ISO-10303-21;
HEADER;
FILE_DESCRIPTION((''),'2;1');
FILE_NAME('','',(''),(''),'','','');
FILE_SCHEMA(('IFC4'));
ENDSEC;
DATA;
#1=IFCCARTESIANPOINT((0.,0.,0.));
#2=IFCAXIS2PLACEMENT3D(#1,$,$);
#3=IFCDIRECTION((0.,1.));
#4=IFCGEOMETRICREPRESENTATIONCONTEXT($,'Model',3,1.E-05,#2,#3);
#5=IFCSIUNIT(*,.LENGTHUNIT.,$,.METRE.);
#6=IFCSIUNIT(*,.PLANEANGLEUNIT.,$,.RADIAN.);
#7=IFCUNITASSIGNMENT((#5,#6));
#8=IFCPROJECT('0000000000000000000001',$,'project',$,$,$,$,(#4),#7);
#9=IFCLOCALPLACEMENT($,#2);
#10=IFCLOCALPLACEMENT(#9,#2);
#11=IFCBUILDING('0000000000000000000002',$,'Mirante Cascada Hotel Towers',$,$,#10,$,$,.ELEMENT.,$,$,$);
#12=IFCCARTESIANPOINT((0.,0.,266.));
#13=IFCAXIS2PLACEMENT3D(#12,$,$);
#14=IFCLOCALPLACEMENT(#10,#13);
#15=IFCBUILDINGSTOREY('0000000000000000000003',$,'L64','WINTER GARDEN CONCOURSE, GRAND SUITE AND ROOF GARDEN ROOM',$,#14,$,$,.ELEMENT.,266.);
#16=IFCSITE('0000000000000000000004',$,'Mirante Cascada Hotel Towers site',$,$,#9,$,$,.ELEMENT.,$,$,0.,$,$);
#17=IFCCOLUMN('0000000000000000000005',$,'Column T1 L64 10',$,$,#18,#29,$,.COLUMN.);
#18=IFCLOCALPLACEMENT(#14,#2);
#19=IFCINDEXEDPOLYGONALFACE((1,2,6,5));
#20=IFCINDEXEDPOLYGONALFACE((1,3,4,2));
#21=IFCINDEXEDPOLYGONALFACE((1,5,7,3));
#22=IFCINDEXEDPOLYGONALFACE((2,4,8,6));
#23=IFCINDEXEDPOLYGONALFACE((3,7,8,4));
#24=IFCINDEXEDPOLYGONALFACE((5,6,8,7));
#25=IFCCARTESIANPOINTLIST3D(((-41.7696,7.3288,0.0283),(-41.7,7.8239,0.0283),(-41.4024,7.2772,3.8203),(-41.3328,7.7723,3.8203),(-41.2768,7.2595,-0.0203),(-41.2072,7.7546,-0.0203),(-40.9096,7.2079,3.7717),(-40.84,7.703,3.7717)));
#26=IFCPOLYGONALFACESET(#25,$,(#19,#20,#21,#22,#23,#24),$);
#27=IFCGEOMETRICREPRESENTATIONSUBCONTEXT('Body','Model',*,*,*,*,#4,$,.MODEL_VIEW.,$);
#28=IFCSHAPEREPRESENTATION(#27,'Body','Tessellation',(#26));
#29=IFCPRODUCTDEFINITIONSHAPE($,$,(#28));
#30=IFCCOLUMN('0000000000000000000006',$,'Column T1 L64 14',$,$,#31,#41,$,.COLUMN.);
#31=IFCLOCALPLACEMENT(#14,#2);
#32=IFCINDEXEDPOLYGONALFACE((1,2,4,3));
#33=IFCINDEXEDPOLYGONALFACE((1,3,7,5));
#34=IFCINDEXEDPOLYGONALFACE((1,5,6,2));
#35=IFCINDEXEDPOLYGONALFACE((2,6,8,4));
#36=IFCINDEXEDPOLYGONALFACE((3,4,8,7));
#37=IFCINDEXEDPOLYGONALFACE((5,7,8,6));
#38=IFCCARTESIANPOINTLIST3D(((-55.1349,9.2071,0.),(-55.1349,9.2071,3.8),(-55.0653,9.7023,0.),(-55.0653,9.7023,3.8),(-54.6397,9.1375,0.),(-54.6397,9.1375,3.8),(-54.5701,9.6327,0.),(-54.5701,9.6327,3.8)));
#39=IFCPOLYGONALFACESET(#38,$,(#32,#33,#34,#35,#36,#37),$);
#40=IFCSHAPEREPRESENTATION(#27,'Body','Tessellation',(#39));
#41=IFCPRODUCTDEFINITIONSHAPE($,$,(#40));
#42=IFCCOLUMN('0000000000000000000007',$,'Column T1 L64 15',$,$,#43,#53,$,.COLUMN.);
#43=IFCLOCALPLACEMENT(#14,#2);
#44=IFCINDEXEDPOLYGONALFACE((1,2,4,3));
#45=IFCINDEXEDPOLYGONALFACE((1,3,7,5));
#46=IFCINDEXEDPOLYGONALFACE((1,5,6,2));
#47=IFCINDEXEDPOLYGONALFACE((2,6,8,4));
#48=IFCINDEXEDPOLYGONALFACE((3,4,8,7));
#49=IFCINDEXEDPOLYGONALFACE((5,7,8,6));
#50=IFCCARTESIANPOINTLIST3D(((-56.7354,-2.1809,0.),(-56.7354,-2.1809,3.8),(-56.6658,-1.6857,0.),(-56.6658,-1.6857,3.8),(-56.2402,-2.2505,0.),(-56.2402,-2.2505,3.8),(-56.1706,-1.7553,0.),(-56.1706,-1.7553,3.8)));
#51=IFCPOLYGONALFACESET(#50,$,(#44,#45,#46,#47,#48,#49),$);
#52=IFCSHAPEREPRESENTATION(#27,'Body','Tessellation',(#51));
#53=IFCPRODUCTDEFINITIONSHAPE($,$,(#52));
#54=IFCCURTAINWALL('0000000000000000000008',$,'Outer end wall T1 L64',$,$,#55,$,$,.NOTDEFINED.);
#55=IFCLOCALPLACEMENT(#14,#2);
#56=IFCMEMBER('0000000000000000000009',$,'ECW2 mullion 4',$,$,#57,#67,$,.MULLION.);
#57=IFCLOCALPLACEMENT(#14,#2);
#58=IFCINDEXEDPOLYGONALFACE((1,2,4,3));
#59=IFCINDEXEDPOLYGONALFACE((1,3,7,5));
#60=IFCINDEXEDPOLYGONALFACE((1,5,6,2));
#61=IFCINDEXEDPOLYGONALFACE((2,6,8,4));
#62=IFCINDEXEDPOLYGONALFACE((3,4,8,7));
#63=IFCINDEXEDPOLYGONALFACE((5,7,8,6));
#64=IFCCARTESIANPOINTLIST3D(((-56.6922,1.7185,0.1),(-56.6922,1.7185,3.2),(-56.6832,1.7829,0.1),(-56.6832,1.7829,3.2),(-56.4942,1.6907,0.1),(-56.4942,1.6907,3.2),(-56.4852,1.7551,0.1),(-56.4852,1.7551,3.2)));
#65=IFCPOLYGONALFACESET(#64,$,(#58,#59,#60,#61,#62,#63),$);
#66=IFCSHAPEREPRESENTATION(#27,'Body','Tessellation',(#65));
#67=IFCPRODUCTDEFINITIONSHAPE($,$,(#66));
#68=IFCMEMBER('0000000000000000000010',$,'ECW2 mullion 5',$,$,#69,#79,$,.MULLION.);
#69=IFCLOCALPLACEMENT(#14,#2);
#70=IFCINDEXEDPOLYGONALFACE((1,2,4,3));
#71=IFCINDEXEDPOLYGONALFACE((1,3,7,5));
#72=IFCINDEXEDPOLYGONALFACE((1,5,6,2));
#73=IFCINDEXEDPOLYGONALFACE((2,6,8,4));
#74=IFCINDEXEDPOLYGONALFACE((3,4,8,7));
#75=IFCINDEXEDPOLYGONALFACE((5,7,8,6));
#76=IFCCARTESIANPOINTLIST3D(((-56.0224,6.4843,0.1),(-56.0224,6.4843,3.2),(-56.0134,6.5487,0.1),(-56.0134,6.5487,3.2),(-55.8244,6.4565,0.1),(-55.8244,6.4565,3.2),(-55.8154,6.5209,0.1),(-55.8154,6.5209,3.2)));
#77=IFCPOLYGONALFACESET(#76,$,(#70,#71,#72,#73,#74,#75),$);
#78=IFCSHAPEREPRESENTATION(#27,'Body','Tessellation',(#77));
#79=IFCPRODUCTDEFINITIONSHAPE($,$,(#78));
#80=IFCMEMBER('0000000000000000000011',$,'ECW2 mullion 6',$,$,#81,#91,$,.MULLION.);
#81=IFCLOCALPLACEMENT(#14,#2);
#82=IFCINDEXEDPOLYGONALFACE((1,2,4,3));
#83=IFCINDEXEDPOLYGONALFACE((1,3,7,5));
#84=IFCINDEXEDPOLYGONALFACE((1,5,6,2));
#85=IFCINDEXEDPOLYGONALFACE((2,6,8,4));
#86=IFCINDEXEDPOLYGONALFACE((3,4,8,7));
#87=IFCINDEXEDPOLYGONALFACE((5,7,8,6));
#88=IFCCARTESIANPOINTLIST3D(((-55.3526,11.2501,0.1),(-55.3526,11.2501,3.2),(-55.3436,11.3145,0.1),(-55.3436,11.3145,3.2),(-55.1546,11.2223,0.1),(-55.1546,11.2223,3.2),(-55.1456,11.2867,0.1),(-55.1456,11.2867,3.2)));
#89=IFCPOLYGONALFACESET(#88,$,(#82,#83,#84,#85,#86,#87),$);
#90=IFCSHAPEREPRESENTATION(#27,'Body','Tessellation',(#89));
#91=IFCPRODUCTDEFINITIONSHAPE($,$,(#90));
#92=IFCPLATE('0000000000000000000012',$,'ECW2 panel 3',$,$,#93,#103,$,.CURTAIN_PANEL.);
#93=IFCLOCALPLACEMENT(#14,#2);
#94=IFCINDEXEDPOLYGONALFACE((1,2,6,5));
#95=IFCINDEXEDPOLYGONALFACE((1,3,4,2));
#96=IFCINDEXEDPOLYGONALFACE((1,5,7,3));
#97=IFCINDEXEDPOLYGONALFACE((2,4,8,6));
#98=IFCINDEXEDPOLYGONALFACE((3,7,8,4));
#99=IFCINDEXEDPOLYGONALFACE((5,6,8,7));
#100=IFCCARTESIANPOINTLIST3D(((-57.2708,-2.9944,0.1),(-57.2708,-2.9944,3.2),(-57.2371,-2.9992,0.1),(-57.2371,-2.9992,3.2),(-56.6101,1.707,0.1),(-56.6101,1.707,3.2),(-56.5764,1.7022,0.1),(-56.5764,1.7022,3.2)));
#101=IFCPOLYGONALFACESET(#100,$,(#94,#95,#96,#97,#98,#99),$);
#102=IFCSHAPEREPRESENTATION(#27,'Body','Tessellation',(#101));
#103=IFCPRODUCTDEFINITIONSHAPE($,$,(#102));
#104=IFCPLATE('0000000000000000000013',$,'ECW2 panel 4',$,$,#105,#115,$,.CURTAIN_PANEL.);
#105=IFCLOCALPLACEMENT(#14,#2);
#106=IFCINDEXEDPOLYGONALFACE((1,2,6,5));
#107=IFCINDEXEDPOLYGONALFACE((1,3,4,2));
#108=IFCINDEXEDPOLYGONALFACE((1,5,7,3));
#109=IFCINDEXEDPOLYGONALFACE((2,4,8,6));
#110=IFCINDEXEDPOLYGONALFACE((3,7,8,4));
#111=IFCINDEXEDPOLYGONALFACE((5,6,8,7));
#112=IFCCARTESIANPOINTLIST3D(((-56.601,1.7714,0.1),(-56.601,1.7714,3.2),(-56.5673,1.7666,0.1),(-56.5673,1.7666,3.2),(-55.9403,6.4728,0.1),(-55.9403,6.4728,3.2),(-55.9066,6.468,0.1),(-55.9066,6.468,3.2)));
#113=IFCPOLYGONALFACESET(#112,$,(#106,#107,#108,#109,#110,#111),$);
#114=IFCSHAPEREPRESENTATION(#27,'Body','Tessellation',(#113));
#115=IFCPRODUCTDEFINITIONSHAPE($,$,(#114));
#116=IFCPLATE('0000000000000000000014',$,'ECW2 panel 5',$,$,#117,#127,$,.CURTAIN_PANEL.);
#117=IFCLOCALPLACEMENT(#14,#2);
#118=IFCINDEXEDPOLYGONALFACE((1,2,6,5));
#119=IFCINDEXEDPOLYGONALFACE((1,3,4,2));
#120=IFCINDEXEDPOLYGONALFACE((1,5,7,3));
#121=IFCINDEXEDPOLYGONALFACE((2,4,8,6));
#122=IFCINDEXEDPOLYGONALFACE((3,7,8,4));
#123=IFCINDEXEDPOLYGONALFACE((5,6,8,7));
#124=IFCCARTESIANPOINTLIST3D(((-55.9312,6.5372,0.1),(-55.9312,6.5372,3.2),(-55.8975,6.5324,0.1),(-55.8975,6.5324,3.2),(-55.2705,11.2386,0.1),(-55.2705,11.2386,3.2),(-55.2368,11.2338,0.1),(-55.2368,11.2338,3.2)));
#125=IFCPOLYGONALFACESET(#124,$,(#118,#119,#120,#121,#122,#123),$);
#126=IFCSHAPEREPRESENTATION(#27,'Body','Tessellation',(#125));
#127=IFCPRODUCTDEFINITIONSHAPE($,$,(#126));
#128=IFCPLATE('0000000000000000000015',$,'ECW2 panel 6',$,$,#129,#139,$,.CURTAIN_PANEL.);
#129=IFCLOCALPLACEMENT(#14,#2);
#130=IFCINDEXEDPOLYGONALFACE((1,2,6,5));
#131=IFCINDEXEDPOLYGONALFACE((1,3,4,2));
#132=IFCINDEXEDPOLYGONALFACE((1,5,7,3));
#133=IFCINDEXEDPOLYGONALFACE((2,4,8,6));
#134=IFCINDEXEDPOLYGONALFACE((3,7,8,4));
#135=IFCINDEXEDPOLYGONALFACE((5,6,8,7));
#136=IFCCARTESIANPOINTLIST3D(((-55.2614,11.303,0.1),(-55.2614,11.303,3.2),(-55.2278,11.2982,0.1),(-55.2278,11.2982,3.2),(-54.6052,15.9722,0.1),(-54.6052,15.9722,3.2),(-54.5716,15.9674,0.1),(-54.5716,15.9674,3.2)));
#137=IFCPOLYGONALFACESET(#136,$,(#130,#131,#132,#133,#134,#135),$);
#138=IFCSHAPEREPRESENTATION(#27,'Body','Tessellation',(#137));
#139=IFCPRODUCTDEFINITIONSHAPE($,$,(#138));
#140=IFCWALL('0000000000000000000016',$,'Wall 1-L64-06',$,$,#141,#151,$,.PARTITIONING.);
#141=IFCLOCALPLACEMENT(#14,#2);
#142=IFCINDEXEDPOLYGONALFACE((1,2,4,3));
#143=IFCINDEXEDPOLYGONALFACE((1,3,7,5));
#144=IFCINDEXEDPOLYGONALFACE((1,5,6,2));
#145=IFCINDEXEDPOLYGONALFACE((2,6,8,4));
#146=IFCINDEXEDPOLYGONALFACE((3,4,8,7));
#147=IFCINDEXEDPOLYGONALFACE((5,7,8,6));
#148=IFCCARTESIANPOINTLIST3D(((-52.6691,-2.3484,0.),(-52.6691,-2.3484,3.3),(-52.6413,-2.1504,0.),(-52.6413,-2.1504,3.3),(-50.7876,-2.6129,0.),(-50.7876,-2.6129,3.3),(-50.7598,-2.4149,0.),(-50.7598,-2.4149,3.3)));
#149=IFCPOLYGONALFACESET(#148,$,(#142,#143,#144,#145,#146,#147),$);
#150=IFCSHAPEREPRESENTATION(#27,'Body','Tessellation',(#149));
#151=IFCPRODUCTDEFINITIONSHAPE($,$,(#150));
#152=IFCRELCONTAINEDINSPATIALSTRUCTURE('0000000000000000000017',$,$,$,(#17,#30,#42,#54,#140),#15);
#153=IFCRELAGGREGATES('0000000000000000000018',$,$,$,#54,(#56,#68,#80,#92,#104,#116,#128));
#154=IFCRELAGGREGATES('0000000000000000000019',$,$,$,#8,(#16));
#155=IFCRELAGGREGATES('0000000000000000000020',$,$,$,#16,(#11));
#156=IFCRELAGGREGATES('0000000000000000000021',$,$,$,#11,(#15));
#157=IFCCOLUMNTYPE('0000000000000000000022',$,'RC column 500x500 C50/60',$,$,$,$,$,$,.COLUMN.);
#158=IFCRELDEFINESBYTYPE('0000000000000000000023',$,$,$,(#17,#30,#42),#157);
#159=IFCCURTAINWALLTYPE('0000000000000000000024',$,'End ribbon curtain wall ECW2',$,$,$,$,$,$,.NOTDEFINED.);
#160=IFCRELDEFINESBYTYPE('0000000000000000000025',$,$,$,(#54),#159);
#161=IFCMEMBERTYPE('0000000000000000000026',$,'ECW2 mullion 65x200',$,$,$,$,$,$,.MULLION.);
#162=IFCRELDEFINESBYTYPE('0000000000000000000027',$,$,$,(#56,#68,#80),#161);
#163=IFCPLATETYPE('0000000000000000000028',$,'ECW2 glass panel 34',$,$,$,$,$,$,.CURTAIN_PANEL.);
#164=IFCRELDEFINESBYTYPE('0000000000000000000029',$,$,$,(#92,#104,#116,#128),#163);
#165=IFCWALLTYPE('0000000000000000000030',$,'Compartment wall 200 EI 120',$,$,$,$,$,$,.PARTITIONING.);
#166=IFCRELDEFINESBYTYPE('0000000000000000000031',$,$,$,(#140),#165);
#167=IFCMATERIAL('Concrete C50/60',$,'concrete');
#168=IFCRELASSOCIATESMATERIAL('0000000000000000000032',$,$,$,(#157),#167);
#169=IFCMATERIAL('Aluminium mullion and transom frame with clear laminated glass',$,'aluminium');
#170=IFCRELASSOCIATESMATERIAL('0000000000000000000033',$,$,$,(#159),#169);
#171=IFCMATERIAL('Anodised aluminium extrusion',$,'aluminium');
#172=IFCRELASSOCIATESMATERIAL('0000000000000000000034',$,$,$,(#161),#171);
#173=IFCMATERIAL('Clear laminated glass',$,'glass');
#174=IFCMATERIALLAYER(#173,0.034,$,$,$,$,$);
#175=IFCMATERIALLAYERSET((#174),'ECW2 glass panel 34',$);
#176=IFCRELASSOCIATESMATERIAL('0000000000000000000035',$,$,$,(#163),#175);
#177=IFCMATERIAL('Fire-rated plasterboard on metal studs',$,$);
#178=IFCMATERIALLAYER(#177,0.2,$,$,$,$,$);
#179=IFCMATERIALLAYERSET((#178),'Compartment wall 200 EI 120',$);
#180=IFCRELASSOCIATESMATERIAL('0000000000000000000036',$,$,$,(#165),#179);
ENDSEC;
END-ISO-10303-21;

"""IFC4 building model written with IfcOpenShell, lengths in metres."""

from ifc_helpers import new_model, si_unit, direction, frame, frame_2d, origin, origin_2d, place, context, subcontext, project, spatial, rectangle, extrude, material, layer, layer_set, material_profile, profile_set, type_object, element, aggregate, save


model = new_model("IFC4")

# Units and contexts
model_context = context("Model", 3, precision=1e-05, world=origin(), true_north=direction((0.0, 1.0)))
body_context = subcontext(model_context, "Body", "Model", "MODEL_VIEW")
ifc_project = project(units=[si_unit("LENGTHUNIT", "METRE"), si_unit("PLANEANGLEUNIT", "RADIAN")], contexts=[model_context])

# Site, building, storey
site_placement = place(None, origin())
site = spatial("IfcSite", under=ifc_project, at=site_placement, Name="Mirante Cascada Hotel Towers site", CompositionType="ELEMENT", RefElevation=0.0)
building_placement = place(site_placement, origin())
building = spatial("IfcBuilding", under=site, at=building_placement, Name="Mirante Cascada Hotel Towers", CompositionType="ELEMENT")
storey_placement = place(building_placement, frame((0.0, 0.0, 266.0)))
storey = spatial("IfcBuildingStorey", under=building, at=storey_placement, Name="L64", Description="WINTER GARDEN CONCOURSE, GRAND SUITE AND ROOF GARDEN ROOM", CompositionType="ELEMENT", Elevation=266.0)

# Columns
ifc_material_1 = material(Name="Concrete C50/60", Category="concrete")
ifc_material_profile_1 = material_profile(ifc_material_1, rectangle(XDim=0.5, YDim=0.5, at=origin_2d()), Name="RC column 500x500 C50/60")
ifc_profile_set_1 = profile_set([ifc_material_profile_1], Name="Concrete C50/60")
column_type = type_object("IfcColumnType", Name="RC column 500x500 C50/60", PredefinedType="COLUMN", material=ifc_profile_set_1)
column_placement = place(storey_placement, frame((-41.4884, 7.5417, 0.004), z_axis=(0.096376, -0.013543, 0.995253), x_axis=(0.139156, 0.990271, 0.0)))
element("IfcColumn", 1, at=column_placement, inside=storey, type_object=column_type, Name="Column T1 L64 10", PredefinedType="COLUMN", context=body_context, shape_type="SweptSolid", body=[
    extrude(rectangle(XDim=0.5, YDim=0.5, at=origin_2d()), origin(), (0.0, 0.0, 1.0), 3.8101),
])
for number, where, z_axis, x_axis, name in (
    (2, (-54.8525, 9.4199, 0.0), (0.0, 0.0, 1.0), (-0.990268, 0.139173, 0.0), "Column T1 L64 14"),
    (3, (-56.453, -1.9681, 0.0), (0.0, 0.0, 1.0), (-0.990268, 0.139173, 0.0), "Column T1 L64 15"),
):
    element("IfcColumn", number, at=place(storey_placement, frame(where, z_axis=z_axis, x_axis=x_axis)), inside=storey, type_object=column_type, Name=name, PredefinedType="COLUMN", context=body_context, shape_type="SweptSolid", body=[
        extrude(rectangle(XDim=0.5, YDim=0.5, at=origin_2d()), origin(), (0.0, 0.0, 1.0), 3.8),
    ])

# Curtain wall, members, plates
ifc_material_2 = material(Name="Aluminium mullion and transom frame with clear laminated glass", Category="aluminium")
curtain_wall_type = type_object("IfcCurtainWallType", Name="End ribbon curtain wall ECW2", PredefinedType="NOTDEFINED", material=ifc_material_2)
curtain_wall_placement = place(storey_placement, origin())
curtain_wall = element("IfcCurtainWall", 4, at=curtain_wall_placement, inside=storey, type_object=curtain_wall_type, Name="Outer end wall T1 L64", PredefinedType="NOTDEFINED")
ifc_material_3 = material(Name="Anodised aluminium extrusion", Category="aluminium")
ifc_material_profile_2 = material_profile(ifc_material_3, rectangle(XDim=0.2, YDim=0.065, at=origin_2d()), Name="ECW2 MULLION 65x200")
ifc_profile_set_2 = profile_set([ifc_material_profile_2], Name="Anodised aluminium extrusion")
member_type = type_object("IfcMemberType", Name="ECW2 mullion 65x200", PredefinedType="MULLION", material=ifc_profile_set_2)
member_1_placement = place(storey_placement, frame((-56.5887, 1.7368, 0.1), z_axis=(0.0, 0.0, 1.0), x_axis=(-0.990268, 0.139173, 0.0)))
member_1 = element("IfcMember", 5, at=member_1_placement, type_object=member_type, Name="ECW2 mullion 4", PredefinedType="MULLION", context=body_context, shape_type="SweptSolid", body=[
    extrude(rectangle(XDim=0.2, YDim=0.065, at=origin_2d()), origin(), (0.0, 0.0, 1.0), 3.1),
])
member_2_placement = place(storey_placement, frame((-55.9189, 6.5026, 0.1), z_axis=(0.0, 0.0, 1.0), x_axis=(-0.990268, 0.139173, 0.0)))
member_2 = element("IfcMember", 6, at=member_2_placement, type_object=member_type, Name="ECW2 mullion 5", PredefinedType="MULLION", context=body_context, shape_type="SweptSolid", body=[
    extrude(rectangle(XDim=0.2, YDim=0.065, at=origin_2d()), origin(), (0.0, 0.0, 1.0), 3.1),
])
member_3_placement = place(storey_placement, frame((-55.2491, 11.2684, 0.1), z_axis=(0.0, 0.0, 1.0), x_axis=(-0.990268, 0.139173, 0.0)))
member_3 = element("IfcMember", 7, at=member_3_placement, type_object=member_type, Name="ECW2 mullion 6", PredefinedType="MULLION", context=body_context, shape_type="SweptSolid", body=[
    extrude(rectangle(XDim=0.2, YDim=0.065, at=origin_2d()), origin(), (0.0, 0.0, 1.0), 3.1),
])
ifc_material_4 = material(Name="Clear laminated glass", Category="glass")
ifc_layer_1 = layer(ifc_material_4, 0.034)
ifc_layer_set_1 = layer_set([ifc_layer_1], Name="ECW2 glass panel 34")
plate_type = type_object("IfcPlateType", Name="ECW2 glass panel 34", PredefinedType="CURTAIN_PANEL", material=ifc_layer_set_1)
plate_1_placement = place(storey_placement, frame((-56.9236, -0.6461, 0.1), z_axis=(0.0, 0.0, 1.0), x_axis=(0.139173, 0.990268, 0.0)))
plate_1 = element("IfcPlate", 8, at=plate_1_placement, type_object=plate_type, Name="ECW2 panel 3", PredefinedType="CURTAIN_PANEL", context=body_context, shape_type="SweptSolid", body=[
    extrude(rectangle(XDim=4.7476, YDim=0.034, at=origin_2d()), origin(), (0.0, 0.0, 1.0), 3.1),
])
plate_2_placement = place(storey_placement, frame((-56.2538, 4.1197, 0.1), z_axis=(0.0, 0.0, 1.0), x_axis=(0.139173, 0.990268, 0.0)))
plate_2 = element("IfcPlate", 9, at=plate_2_placement, type_object=plate_type, Name="ECW2 panel 4", PredefinedType="CURTAIN_PANEL", context=body_context, shape_type="SweptSolid", body=[
    extrude(rectangle(XDim=4.7476, YDim=0.034, at=origin_2d()), origin(), (0.0, 0.0, 1.0), 3.1),
])
plate_3_placement = place(storey_placement, frame((-55.584, 8.8855, 0.1), z_axis=(0.0, 0.0, 1.0), x_axis=(0.139173, 0.990268, 0.0)))
plate_3 = element("IfcPlate", 10, at=plate_3_placement, type_object=plate_type, Name="ECW2 panel 5", PredefinedType="CURTAIN_PANEL", context=body_context, shape_type="SweptSolid", body=[
    extrude(rectangle(XDim=4.7476, YDim=0.034, at=origin_2d()), origin(), (0.0, 0.0, 1.0), 3.1),
])
plate_4_placement = place(storey_placement, frame((-54.9165, 13.6352, 0.1), z_axis=(0.0, 0.0, 1.0), x_axis=(0.139173, 0.990268, 0.0)))
plate_4 = element("IfcPlate", 11, at=plate_4_placement, type_object=plate_type, Name="ECW2 panel 6", PredefinedType="CURTAIN_PANEL", context=body_context, shape_type="SweptSolid", body=[
    extrude(rectangle(XDim=4.7151, YDim=0.034, at=origin_2d()), origin(), (0.0, 0.0, 1.0), 3.1),
])
aggregate(curtain_wall, [member_1, member_2, member_3, plate_1, plate_2, plate_3, plate_4])

# Wall
ifc_material_5 = material(Name="Fire-rated plasterboard on metal studs")
ifc_layer_2 = layer(ifc_material_5, 0.2)
ifc_layer_set_2 = layer_set([ifc_layer_2], Name="Compartment wall 200 EI 120")
wall_type = type_object("IfcWallType", Name="Compartment wall 200 EI 120", PredefinedType="PARTITIONING", material=ifc_layer_set_2)
wall_1_placement = place(storey_placement, frame((-52.6552, -2.2494, 0.0), z_axis=(0.0, 0.0, 1.0), x_axis=(0.990263, -0.13921, 0.0)))
element("IfcWall", 12, at=wall_1_placement, inside=storey, type_object=wall_type, Name="Wall 1-L64-06", PredefinedType="PARTITIONING", context=body_context, shape_type="SweptSolid", body=[
    extrude(rectangle(XDim=1.9, YDim=0.2, at=frame_2d((0.95, 0.0))), origin(), (0.0, 0.0, 1.0), 3.3),
])

save(model, "model.ifc")
